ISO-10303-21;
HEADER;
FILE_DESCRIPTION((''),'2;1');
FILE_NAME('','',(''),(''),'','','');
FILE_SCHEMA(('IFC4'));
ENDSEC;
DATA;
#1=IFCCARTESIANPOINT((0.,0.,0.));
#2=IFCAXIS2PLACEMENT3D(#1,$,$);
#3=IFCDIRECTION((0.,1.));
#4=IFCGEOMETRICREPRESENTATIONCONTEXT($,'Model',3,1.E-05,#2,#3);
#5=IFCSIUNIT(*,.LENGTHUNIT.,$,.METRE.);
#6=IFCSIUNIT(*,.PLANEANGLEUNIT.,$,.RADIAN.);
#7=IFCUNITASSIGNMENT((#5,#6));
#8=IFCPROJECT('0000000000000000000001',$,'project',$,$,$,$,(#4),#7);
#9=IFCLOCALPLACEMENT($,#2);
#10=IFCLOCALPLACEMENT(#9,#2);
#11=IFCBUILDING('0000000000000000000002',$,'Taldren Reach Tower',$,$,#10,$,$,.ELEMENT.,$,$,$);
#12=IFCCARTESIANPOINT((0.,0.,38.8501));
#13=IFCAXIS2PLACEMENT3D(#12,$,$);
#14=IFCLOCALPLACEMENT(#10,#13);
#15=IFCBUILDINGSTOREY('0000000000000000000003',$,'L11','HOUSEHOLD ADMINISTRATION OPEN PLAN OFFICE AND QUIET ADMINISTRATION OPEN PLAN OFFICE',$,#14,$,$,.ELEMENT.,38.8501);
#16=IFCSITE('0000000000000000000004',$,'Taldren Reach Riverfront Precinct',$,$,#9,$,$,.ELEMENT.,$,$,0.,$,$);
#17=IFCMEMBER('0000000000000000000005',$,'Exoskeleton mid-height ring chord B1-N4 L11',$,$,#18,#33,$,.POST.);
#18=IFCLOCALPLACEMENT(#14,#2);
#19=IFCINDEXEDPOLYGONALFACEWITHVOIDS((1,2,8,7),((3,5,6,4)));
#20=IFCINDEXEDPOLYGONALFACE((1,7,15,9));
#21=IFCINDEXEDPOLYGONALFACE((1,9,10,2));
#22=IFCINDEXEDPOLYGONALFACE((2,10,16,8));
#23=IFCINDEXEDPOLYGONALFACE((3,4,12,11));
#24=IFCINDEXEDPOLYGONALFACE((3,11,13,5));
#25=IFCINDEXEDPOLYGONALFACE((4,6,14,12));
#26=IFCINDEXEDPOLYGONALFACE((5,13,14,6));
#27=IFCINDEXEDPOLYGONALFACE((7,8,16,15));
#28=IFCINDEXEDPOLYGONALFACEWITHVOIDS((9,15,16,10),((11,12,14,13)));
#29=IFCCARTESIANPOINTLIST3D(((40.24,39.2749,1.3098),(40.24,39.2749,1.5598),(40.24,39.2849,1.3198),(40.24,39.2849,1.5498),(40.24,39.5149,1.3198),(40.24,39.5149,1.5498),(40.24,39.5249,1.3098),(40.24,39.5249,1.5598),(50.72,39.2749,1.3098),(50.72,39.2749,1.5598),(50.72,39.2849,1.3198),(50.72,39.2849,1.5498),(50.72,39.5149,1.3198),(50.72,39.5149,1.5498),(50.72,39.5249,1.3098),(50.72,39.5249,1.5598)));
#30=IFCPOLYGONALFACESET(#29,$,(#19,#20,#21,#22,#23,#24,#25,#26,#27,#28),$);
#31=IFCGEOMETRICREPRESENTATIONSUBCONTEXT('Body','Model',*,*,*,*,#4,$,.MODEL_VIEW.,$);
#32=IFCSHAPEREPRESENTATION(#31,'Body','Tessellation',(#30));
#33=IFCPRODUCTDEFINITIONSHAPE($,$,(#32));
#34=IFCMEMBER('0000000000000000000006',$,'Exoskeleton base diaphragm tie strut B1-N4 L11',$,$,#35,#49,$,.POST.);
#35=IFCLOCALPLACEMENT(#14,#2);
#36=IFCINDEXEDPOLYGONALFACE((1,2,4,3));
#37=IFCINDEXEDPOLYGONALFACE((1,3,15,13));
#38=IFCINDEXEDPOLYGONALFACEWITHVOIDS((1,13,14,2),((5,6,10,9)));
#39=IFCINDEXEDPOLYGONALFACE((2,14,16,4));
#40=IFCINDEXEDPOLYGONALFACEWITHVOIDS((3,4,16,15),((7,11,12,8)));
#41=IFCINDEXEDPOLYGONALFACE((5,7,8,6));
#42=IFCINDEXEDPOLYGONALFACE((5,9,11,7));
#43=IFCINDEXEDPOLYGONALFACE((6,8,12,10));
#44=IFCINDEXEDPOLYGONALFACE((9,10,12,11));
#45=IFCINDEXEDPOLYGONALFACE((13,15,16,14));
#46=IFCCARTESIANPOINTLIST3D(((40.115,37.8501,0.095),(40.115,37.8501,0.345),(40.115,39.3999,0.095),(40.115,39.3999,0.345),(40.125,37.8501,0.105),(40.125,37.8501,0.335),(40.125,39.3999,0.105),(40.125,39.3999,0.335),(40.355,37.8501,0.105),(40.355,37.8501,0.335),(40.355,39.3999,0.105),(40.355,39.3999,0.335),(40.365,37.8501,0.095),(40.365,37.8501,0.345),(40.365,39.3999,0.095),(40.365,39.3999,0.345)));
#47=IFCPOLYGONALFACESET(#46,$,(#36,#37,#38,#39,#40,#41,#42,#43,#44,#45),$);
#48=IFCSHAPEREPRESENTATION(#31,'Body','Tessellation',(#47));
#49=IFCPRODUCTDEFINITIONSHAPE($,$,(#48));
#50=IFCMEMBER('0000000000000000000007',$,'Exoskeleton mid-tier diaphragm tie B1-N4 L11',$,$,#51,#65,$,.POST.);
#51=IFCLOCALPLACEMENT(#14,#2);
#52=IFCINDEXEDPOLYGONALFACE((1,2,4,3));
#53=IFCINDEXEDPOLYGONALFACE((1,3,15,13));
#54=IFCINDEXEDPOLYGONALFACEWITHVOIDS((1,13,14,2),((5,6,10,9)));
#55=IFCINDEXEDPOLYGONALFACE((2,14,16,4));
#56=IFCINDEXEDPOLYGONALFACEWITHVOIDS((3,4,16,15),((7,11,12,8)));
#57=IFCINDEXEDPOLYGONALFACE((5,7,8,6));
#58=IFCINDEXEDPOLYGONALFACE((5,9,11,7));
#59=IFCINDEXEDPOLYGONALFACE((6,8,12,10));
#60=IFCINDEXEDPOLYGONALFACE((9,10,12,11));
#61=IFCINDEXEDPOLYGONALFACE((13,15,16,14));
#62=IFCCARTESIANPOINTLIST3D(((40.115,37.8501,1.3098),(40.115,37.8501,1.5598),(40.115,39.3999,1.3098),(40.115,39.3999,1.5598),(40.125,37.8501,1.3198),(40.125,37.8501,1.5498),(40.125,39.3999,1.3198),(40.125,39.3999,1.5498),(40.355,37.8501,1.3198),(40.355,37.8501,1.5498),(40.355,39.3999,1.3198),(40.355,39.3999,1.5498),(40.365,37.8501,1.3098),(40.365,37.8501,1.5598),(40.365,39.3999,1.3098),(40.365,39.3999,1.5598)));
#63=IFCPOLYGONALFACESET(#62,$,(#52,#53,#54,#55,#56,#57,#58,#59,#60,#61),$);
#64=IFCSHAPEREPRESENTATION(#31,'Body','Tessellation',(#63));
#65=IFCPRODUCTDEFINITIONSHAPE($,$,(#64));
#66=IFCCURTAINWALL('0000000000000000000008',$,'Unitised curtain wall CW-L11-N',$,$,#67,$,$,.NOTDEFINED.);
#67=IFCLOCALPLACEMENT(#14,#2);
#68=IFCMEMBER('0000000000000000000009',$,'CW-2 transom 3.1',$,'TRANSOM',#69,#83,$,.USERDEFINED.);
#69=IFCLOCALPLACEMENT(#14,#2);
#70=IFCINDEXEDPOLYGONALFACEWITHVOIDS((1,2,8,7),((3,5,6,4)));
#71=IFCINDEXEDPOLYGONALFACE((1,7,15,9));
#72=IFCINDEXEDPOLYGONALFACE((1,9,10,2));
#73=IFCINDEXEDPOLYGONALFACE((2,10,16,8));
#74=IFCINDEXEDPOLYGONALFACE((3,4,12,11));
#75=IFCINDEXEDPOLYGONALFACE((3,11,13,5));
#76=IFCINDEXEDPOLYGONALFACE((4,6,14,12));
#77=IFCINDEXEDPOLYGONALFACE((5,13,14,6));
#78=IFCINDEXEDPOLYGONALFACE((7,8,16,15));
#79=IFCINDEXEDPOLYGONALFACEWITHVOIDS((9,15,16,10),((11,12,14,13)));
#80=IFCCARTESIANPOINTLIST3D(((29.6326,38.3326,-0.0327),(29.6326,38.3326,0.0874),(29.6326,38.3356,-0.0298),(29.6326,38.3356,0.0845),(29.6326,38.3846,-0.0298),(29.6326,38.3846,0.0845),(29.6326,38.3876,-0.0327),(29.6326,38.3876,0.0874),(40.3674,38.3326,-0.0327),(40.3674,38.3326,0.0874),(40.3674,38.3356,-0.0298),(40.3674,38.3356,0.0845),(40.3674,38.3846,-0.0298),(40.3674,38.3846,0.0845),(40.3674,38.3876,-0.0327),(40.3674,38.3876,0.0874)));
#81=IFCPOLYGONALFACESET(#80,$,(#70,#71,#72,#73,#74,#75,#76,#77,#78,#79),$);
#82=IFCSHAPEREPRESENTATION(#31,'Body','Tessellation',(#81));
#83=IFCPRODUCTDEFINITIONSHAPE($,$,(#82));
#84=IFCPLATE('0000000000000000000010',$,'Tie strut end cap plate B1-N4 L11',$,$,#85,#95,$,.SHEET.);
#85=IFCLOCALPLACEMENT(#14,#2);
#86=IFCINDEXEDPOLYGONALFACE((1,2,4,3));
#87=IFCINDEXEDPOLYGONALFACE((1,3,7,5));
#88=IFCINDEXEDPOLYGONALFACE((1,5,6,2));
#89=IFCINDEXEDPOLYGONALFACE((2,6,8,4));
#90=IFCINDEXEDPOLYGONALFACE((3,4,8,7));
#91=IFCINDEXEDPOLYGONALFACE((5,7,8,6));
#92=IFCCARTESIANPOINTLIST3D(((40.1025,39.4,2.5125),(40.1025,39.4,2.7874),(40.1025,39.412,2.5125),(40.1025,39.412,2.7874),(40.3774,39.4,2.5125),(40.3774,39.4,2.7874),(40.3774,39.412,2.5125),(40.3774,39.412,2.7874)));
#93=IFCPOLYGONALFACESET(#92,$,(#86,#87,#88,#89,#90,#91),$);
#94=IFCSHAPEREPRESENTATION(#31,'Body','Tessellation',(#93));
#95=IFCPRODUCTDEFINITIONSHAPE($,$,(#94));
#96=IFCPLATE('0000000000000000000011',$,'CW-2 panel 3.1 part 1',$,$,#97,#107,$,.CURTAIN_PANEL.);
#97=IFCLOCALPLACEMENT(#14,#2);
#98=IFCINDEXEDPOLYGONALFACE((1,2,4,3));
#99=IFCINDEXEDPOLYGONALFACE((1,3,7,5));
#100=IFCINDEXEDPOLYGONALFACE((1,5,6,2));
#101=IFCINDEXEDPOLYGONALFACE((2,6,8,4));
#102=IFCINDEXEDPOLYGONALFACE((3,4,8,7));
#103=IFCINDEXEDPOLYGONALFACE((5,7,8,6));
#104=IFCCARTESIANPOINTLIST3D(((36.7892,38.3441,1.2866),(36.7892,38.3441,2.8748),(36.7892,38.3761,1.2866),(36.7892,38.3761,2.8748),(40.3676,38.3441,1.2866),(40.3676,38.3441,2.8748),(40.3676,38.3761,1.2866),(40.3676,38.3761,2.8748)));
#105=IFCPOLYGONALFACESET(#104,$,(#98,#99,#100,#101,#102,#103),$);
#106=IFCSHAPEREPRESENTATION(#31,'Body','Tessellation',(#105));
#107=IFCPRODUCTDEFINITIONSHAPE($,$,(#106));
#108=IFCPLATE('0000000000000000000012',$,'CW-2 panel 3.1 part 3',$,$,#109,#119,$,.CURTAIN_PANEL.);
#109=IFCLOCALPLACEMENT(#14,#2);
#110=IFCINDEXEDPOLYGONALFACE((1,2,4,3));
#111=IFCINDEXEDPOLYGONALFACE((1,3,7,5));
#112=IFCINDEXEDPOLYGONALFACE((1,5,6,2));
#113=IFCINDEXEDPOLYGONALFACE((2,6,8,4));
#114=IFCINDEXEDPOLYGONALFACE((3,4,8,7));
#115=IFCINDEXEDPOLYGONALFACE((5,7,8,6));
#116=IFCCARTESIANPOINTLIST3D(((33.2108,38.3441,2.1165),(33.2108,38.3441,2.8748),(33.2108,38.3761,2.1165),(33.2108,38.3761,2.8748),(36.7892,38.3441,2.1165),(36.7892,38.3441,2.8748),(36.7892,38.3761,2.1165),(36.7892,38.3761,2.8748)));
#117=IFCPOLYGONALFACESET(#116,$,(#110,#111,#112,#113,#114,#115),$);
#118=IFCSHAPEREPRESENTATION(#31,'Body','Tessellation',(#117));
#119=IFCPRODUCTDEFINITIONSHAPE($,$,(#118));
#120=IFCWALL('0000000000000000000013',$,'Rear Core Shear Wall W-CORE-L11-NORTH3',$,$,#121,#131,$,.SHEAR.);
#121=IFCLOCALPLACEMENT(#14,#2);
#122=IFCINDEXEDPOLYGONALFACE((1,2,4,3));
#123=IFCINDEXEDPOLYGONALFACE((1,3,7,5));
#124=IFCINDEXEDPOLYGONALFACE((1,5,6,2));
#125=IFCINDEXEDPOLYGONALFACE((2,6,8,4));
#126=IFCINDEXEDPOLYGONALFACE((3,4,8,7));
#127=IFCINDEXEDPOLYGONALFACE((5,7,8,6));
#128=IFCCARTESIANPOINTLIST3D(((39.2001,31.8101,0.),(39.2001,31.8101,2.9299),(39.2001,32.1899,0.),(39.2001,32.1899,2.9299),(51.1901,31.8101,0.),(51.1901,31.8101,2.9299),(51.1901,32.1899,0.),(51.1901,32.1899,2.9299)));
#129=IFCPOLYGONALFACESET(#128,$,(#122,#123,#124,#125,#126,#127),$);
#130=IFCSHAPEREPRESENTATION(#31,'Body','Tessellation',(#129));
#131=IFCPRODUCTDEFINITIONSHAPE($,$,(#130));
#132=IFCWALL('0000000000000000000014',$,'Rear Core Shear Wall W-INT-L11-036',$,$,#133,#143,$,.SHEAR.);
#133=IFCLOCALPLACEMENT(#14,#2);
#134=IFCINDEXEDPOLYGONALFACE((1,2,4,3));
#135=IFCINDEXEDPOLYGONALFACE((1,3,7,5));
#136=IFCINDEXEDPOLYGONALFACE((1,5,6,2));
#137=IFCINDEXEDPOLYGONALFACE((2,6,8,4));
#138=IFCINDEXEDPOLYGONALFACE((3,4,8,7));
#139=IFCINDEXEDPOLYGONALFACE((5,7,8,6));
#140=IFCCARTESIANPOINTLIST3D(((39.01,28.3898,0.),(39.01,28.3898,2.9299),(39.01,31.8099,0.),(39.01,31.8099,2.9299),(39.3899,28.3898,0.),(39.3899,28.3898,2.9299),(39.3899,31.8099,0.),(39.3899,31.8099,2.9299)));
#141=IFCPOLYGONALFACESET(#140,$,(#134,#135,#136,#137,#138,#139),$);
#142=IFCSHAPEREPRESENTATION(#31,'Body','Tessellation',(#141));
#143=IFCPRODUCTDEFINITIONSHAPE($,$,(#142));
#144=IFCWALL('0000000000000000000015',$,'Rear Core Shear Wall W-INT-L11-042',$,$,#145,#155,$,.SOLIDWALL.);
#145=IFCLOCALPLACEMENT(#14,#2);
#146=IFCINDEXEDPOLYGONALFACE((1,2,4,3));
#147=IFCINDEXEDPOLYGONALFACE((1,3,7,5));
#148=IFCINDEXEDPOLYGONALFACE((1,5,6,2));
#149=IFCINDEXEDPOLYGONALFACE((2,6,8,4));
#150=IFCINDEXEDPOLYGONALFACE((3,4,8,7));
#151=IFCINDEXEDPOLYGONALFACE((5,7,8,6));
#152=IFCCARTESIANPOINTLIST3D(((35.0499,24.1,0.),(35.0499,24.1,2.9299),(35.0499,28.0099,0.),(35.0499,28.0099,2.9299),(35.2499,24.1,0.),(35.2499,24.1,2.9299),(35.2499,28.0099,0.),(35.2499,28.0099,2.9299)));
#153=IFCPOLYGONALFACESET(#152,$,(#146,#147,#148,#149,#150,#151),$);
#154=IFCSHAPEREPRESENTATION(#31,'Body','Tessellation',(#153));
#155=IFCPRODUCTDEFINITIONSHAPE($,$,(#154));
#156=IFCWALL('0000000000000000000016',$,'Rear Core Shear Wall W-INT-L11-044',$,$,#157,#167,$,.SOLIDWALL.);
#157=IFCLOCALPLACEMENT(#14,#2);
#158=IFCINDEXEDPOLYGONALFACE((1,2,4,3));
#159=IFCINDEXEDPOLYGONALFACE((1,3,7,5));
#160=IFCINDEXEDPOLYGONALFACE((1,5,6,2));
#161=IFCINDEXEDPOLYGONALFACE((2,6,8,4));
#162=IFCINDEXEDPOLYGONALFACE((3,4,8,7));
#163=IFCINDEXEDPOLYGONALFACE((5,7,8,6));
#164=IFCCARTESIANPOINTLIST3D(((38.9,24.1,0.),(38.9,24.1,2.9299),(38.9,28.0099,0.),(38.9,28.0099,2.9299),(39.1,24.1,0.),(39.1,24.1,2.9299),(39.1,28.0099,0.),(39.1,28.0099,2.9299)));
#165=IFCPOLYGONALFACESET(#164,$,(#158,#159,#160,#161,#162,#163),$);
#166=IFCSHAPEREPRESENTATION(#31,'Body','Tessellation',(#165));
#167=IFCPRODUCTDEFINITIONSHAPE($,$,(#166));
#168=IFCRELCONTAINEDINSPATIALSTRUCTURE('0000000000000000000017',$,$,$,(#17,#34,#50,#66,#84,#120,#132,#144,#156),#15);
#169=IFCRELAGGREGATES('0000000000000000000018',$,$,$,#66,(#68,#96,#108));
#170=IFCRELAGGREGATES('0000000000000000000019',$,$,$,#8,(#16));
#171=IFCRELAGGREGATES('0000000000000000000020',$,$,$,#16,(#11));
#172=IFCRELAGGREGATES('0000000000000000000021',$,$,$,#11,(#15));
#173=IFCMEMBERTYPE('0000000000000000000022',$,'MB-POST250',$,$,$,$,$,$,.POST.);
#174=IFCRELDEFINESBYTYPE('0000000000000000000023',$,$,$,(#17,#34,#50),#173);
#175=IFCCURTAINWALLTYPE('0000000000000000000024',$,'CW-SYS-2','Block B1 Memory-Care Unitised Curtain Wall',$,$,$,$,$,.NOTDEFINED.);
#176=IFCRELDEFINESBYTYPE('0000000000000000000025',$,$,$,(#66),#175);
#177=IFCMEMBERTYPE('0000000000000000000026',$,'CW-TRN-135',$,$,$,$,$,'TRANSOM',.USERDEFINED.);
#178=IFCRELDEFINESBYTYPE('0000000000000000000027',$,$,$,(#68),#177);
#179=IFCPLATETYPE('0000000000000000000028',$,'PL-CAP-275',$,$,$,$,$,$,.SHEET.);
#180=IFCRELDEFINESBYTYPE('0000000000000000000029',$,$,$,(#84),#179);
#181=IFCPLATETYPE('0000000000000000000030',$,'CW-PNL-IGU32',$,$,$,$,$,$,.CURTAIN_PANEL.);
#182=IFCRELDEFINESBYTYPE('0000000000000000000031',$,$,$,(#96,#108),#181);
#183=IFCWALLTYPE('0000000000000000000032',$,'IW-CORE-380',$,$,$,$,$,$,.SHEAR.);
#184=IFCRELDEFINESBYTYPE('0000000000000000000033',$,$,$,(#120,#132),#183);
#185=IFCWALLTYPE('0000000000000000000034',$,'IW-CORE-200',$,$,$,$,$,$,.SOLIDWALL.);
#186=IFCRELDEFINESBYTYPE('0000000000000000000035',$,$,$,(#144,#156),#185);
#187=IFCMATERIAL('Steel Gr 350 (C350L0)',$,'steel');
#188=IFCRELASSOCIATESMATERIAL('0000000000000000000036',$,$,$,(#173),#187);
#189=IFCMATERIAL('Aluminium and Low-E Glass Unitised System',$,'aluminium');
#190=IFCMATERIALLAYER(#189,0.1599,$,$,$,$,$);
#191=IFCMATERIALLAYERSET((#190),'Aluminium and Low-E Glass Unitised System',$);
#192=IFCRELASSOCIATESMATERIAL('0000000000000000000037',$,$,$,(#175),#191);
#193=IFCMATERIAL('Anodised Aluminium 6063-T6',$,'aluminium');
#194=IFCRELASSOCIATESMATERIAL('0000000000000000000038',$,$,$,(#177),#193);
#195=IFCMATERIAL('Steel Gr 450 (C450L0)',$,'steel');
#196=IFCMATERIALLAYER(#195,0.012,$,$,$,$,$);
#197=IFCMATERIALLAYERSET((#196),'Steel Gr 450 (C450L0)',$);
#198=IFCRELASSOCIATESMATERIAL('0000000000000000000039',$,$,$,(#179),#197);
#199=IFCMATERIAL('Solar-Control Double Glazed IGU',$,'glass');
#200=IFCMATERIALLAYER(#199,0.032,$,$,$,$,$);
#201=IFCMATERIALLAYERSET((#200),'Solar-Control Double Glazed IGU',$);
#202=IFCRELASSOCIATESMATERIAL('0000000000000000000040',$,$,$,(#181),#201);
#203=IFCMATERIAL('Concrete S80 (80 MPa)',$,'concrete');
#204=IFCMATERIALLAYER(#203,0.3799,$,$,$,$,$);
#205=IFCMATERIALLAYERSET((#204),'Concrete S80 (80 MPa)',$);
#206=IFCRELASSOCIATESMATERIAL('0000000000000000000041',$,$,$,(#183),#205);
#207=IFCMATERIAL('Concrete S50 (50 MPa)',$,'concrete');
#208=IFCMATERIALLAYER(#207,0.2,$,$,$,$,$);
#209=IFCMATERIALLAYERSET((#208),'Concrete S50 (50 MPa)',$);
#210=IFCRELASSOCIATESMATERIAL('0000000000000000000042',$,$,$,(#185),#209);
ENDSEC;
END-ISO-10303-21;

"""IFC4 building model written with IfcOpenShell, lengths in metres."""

from ifc_helpers import new_model, si_unit, direction, frame, frame_2d, origin, origin_2d, place, context, subcontext, project, spatial, rectangle, hollow_rectangle, extrude, source, transform, mapped, material, layer, layer_set, material_profile, profile_set, type_object, element, aggregate, save


model = new_model("IFC4")

# Units and contexts
model_context = context("Model", 3, precision=1e-05, world=origin(), true_north=direction((0.0, 1.0)))
body_context = subcontext(model_context, "Body", "Model", "MODEL_VIEW")
ifc_project = project(units=[si_unit("LENGTHUNIT", "METRE"), si_unit("PLANEANGLEUNIT", "RADIAN")], contexts=[model_context])

# Site, building, storey
site_placement = place(None, origin())
site = spatial("IfcSite", under=ifc_project, at=site_placement, Name="Taldren Reach Riverfront Precinct", CompositionType="ELEMENT", RefElevation=0.0)
building_placement = place(site_placement, origin())
building = spatial("IfcBuilding", under=site, at=building_placement, Name="Taldren Reach Tower", CompositionType="ELEMENT")
storey_placement = place(building_placement, frame((0.0, 0.0, 38.8501)))
storey = spatial("IfcBuildingStorey", under=building, at=storey_placement, Name="L11", Description="HOUSEHOLD ADMINISTRATION OPEN PLAN OFFICE AND QUIET ADMINISTRATION OPEN PLAN OFFICE", CompositionType="ELEMENT", Elevation=38.8501)

# Members
ifc_material_1 = material(Name="Steel Gr 450 (C450L0)", Category="steel")
ifc_material_2 = material(Name="Steel Gr 350 (C350L0)", Category="steel")
ifc_material_profile_1 = material_profile(ifc_material_2, hollow_rectangle(XDim=0.25, YDim=0.25, WallThickness=0.01, at=origin_2d()), Name="250x250x10.0SHS")
ifc_profile_set_1 = profile_set([ifc_material_profile_1], Name="Steel Gr 350 (C350L0)")
member_type_1 = type_object("IfcMemberType", Name="MB-POST250", PredefinedType="POST", material=ifc_profile_set_1)
shared_shape_1 = source(origin(), body_context, "Body", "SweptSolid", [
    extrude(hollow_rectangle(XDim=0.25, YDim=0.25, WallThickness=0.01, at=origin_2d()), origin(), (0.0, 0.0, 1.0), 10.48),
])
member_1_placement = place(storey_placement, frame((40.24, 39.3999, 1.4348), z_axis=(1.0, 0.0, 0.0), x_axis=(0.0, 1.0, 0.0)))
element("IfcMember", 1, at=member_1_placement, inside=storey, type_object=member_type_1, Name="Exoskeleton mid-height ring chord B1-N4 L11", PredefinedType="POST", context=body_context, shape_type="MappedRepresentation", body=[
    mapped(shared_shape_1, transform((0.0, 0.0, 0.0), scale=1.0)),
])
shared_shape_2 = source(origin(), body_context, "Body", "SweptSolid", [
    extrude(hollow_rectangle(XDim=0.25, YDim=0.25, WallThickness=0.01, at=origin_2d()), origin(), (0.0, 0.0, 1.0), 1.5498),
])
for number, where, z_axis, x_axis, name in (
    (2, (40.24, 37.8501, 0.22), (0.0, 1.0, 0.0), (-1.0, 0.0, 0.0), "Exoskeleton base diaphragm tie strut B1-N4 L11"),
    (3, (40.24, 37.8501, 1.4348), (0.0, 1.0, 0.0), (-1.0, 0.0, 0.0), "Exoskeleton mid-tier diaphragm tie B1-N4 L11"),
):
    element("IfcMember", number, at=place(storey_placement, frame(where, z_axis=z_axis, x_axis=x_axis)), inside=storey, type_object=member_type_1, Name=name, PredefinedType="POST", context=body_context, shape_type="MappedRepresentation", body=[
        mapped(shared_shape_2, transform((0.0, 0.0, 0.0), scale=1.0)),
    ])

# Curtain wall, member
ifc_material_3 = material(Name="Aluminium and Low-E Glass Unitised System", Category="aluminium")
ifc_layer_1 = layer(ifc_material_3, 0.1599)
ifc_layer_set_1 = layer_set([ifc_layer_1], Name="Aluminium and Low-E Glass Unitised System")
curtain_wall_type = type_object("IfcCurtainWallType", Name="CW-SYS-2", Description="Block B1 Memory-Care Unitised Curtain Wall", PredefinedType="NOTDEFINED", material=ifc_layer_set_1)
curtain_wall_placement = place(storey_placement, origin())
curtain_wall = element("IfcCurtainWall", 4, at=curtain_wall_placement, inside=storey, type_object=curtain_wall_type, Name="Unitised curtain wall CW-L11-N", PredefinedType="NOTDEFINED")
ifc_material_4 = material(Name="Anodised Aluminium 6063-T6", Category="aluminium")
ifc_material_profile_2 = material_profile(ifc_material_4, hollow_rectangle(XDim=0.0549, YDim=0.1201, WallThickness=0.0029, at=origin_2d()), Name="ALU-120x55x3RHS")
ifc_profile_set_2 = profile_set([ifc_material_profile_2], Name="Anodised Aluminium 6063-T6")
member_type_2 = type_object("IfcMemberType", Name="CW-TRN-135", ElementType="TRANSOM", PredefinedType="USERDEFINED", material=ifc_profile_set_2)
shared_shape_3 = source(origin(), body_context, "Body", "SweptSolid", [
    extrude(hollow_rectangle(XDim=0.0549, YDim=0.1201, WallThickness=0.0029, at=origin_2d()), origin(), (0.0, 0.0, 1.0), 10.7349),
])
member_2_placement = place(storey_placement, frame((40.3674, 38.3601, 0.0273), z_axis=(-1.0, 0.0, 0.0), x_axis=(0.0, -1.0, 0.0)))
member_2 = element("IfcMember", 5, at=member_2_placement, type_object=member_type_2, Name="CW-2 transom 3.1", ObjectType="TRANSOM", PredefinedType="USERDEFINED", context=body_context, shape_type="MappedRepresentation", body=[
    mapped(shared_shape_3, transform((0.0, 0.0, 0.0), scale=1.0)),
])

# Plates
ifc_layer_2 = layer(ifc_material_1, 0.012)
ifc_layer_set_2 = layer_set([ifc_layer_2], Name="Steel Gr 450 (C450L0)")
plate_type_1 = type_object("IfcPlateType", Name="PL-CAP-275", PredefinedType="SHEET", material=ifc_layer_set_2)
shared_shape_4 = source(origin(), body_context, "Body", "SweptSolid", [
    extrude(rectangle(XDim=0.2749, YDim=0.012, at=origin_2d()), origin(), (0.0, 0.0, 1.0), 0.2749),
])
plate_1_placement = place(storey_placement, frame((40.24, 39.406, 2.5125), z_axis=(0.0, 0.0, 1.0), x_axis=(1.0, 0.0, 0.0)))
element("IfcPlate", 6, at=plate_1_placement, inside=storey, type_object=plate_type_1, Name="Tie strut end cap plate B1-N4 L11", PredefinedType="SHEET", context=body_context, shape_type="MappedRepresentation", body=[
    mapped(shared_shape_4, transform((0.0, 0.0, 0.0), scale=1.0)),
])
ifc_material_5 = material(Name="Solar-Control Double Glazed IGU", Category="glass")
ifc_layer_3 = layer(ifc_material_5, 0.032)
ifc_layer_set_3 = layer_set([ifc_layer_3], Name="Solar-Control Double Glazed IGU")
plate_type_2 = type_object("IfcPlateType", Name="CW-PNL-IGU32", PredefinedType="CURTAIN_PANEL", material=ifc_layer_set_3)
shared_shape_5 = source(origin(), body_context, "Body", "SweptSolid", [
    extrude(rectangle(XDim=3.5784, YDim=0.032, at=origin_2d()), origin(), (0.0, 0.0, 1.0), 1.5881),
])
plate_2_placement = place(storey_placement, frame((38.5784, 38.3601, 1.2866), z_axis=(0.0, 0.0, 1.0), x_axis=(-1.0, 0.0, 0.0)))
plate_2 = element("IfcPlate", 7, at=plate_2_placement, type_object=plate_type_2, Name="CW-2 panel 3.1 part 1", PredefinedType="CURTAIN_PANEL", context=body_context, shape_type="MappedRepresentation", body=[
    mapped(shared_shape_5, transform((0.0, 0.0, 0.0), scale=1.0)),
])
shared_shape_6 = source(origin(), body_context, "Body", "SweptSolid", [
    extrude(rectangle(XDim=3.5784, YDim=0.032, at=origin_2d()), origin(), (0.0, 0.0, 1.0), 0.7583),
])
plate_3_placement = place(storey_placement, frame((35.0, 38.3601, 2.1165), z_axis=(0.0, 0.0, 1.0), x_axis=(-1.0, 0.0, 0.0)))
plate_3 = element("IfcPlate", 8, at=plate_3_placement, type_object=plate_type_2, Name="CW-2 panel 3.1 part 3", PredefinedType="CURTAIN_PANEL", context=body_context, shape_type="MappedRepresentation", body=[
    mapped(shared_shape_6, transform((0.0, 0.0, 0.0), scale=1.0)),
])
aggregate(curtain_wall, [member_2, plate_2, plate_3])

# Walls
ifc_material_6 = material(Name="Concrete S80 (80 MPa)", Category="concrete")
ifc_layer_4 = layer(ifc_material_6, 0.3799)
ifc_layer_set_4 = layer_set([ifc_layer_4], Name="Concrete S80 (80 MPa)")
wall_type_1 = type_object("IfcWallType", Name="IW-CORE-380", PredefinedType="SHEAR", material=ifc_layer_set_4)
shared_shape_7 = source(origin(), body_context, "Body", "SweptSolid", [
    extrude(rectangle(XDim=11.99, YDim=0.3799, at=frame_2d((5.9951, 0.0))), origin(), (0.0, 0.0, 1.0), 2.9299),
])
wall_1_placement = place(storey_placement, frame((39.2, 32.0, 0.0), z_axis=(0.0, 0.0, 1.0), x_axis=(1.0, 0.0, 0.0)))
element("IfcWall", 9, at=wall_1_placement, inside=storey, type_object=wall_type_1, Name="Rear Core Shear Wall W-CORE-L11-NORTH3", PredefinedType="SHEAR", context=body_context, shape_type="MappedRepresentation", body=[
    mapped(shared_shape_7, transform((0.0, 0.0, 0.0), scale=1.0)),
])
shared_shape_8 = source(origin(), body_context, "Body", "SweptSolid", [
    extrude(rectangle(XDim=3.4202, YDim=0.3799, at=frame_2d((1.71, 0.0))), origin(), (0.0, 0.0, 1.0), 2.9299),
])
wall_2_placement = place(storey_placement, frame((39.2, 28.3899, 0.0), z_axis=(0.0, 0.0, 1.0), x_axis=(0.0, 1.0, 0.0)))
element("IfcWall", 10, at=wall_2_placement, inside=storey, type_object=wall_type_1, Name="Rear Core Shear Wall W-INT-L11-036", PredefinedType="SHEAR", context=body_context, shape_type="MappedRepresentation", body=[
    mapped(shared_shape_8, transform((0.0, 0.0, 0.0), scale=1.0)),
])
ifc_material_7 = material(Name="Concrete S50 (50 MPa)", Category="concrete")
ifc_layer_5 = layer(ifc_material_7, 0.2)
ifc_layer_set_5 = layer_set([ifc_layer_5], Name="Concrete S50 (50 MPa)")
wall_type_2 = type_object("IfcWallType", Name="IW-CORE-200", PredefinedType="SOLIDWALL", material=ifc_layer_set_5)
shared_shape_9 = source(origin(), body_context, "Body", "SweptSolid", [
    extrude(rectangle(XDim=3.9099, YDim=0.2, at=frame_2d((1.9551, 0.0))), origin(), (0.0, 0.0, 1.0), 2.9299),
])
for number, where, z_axis, x_axis, name in (
    (11, (35.1499, 28.01, 0.0), (0.0, 0.0, 1.0), (0.0, -1.0, 0.0), "Rear Core Shear Wall W-INT-L11-042"),
    (12, (39.0, 28.01, 0.0), (0.0, 0.0, 1.0), (0.0, -1.0, 0.0), "Rear Core Shear Wall W-INT-L11-044"),
):
    element("IfcWall", number, at=place(storey_placement, frame(where, z_axis=z_axis, x_axis=x_axis)), inside=storey, type_object=wall_type_2, Name=name, PredefinedType="SOLIDWALL", context=body_context, shape_type="MappedRepresentation", body=[
        mapped(shared_shape_9, transform((0.0, 0.0, 0.0), scale=1.0)),
    ])

save(model, "model.ifc")
